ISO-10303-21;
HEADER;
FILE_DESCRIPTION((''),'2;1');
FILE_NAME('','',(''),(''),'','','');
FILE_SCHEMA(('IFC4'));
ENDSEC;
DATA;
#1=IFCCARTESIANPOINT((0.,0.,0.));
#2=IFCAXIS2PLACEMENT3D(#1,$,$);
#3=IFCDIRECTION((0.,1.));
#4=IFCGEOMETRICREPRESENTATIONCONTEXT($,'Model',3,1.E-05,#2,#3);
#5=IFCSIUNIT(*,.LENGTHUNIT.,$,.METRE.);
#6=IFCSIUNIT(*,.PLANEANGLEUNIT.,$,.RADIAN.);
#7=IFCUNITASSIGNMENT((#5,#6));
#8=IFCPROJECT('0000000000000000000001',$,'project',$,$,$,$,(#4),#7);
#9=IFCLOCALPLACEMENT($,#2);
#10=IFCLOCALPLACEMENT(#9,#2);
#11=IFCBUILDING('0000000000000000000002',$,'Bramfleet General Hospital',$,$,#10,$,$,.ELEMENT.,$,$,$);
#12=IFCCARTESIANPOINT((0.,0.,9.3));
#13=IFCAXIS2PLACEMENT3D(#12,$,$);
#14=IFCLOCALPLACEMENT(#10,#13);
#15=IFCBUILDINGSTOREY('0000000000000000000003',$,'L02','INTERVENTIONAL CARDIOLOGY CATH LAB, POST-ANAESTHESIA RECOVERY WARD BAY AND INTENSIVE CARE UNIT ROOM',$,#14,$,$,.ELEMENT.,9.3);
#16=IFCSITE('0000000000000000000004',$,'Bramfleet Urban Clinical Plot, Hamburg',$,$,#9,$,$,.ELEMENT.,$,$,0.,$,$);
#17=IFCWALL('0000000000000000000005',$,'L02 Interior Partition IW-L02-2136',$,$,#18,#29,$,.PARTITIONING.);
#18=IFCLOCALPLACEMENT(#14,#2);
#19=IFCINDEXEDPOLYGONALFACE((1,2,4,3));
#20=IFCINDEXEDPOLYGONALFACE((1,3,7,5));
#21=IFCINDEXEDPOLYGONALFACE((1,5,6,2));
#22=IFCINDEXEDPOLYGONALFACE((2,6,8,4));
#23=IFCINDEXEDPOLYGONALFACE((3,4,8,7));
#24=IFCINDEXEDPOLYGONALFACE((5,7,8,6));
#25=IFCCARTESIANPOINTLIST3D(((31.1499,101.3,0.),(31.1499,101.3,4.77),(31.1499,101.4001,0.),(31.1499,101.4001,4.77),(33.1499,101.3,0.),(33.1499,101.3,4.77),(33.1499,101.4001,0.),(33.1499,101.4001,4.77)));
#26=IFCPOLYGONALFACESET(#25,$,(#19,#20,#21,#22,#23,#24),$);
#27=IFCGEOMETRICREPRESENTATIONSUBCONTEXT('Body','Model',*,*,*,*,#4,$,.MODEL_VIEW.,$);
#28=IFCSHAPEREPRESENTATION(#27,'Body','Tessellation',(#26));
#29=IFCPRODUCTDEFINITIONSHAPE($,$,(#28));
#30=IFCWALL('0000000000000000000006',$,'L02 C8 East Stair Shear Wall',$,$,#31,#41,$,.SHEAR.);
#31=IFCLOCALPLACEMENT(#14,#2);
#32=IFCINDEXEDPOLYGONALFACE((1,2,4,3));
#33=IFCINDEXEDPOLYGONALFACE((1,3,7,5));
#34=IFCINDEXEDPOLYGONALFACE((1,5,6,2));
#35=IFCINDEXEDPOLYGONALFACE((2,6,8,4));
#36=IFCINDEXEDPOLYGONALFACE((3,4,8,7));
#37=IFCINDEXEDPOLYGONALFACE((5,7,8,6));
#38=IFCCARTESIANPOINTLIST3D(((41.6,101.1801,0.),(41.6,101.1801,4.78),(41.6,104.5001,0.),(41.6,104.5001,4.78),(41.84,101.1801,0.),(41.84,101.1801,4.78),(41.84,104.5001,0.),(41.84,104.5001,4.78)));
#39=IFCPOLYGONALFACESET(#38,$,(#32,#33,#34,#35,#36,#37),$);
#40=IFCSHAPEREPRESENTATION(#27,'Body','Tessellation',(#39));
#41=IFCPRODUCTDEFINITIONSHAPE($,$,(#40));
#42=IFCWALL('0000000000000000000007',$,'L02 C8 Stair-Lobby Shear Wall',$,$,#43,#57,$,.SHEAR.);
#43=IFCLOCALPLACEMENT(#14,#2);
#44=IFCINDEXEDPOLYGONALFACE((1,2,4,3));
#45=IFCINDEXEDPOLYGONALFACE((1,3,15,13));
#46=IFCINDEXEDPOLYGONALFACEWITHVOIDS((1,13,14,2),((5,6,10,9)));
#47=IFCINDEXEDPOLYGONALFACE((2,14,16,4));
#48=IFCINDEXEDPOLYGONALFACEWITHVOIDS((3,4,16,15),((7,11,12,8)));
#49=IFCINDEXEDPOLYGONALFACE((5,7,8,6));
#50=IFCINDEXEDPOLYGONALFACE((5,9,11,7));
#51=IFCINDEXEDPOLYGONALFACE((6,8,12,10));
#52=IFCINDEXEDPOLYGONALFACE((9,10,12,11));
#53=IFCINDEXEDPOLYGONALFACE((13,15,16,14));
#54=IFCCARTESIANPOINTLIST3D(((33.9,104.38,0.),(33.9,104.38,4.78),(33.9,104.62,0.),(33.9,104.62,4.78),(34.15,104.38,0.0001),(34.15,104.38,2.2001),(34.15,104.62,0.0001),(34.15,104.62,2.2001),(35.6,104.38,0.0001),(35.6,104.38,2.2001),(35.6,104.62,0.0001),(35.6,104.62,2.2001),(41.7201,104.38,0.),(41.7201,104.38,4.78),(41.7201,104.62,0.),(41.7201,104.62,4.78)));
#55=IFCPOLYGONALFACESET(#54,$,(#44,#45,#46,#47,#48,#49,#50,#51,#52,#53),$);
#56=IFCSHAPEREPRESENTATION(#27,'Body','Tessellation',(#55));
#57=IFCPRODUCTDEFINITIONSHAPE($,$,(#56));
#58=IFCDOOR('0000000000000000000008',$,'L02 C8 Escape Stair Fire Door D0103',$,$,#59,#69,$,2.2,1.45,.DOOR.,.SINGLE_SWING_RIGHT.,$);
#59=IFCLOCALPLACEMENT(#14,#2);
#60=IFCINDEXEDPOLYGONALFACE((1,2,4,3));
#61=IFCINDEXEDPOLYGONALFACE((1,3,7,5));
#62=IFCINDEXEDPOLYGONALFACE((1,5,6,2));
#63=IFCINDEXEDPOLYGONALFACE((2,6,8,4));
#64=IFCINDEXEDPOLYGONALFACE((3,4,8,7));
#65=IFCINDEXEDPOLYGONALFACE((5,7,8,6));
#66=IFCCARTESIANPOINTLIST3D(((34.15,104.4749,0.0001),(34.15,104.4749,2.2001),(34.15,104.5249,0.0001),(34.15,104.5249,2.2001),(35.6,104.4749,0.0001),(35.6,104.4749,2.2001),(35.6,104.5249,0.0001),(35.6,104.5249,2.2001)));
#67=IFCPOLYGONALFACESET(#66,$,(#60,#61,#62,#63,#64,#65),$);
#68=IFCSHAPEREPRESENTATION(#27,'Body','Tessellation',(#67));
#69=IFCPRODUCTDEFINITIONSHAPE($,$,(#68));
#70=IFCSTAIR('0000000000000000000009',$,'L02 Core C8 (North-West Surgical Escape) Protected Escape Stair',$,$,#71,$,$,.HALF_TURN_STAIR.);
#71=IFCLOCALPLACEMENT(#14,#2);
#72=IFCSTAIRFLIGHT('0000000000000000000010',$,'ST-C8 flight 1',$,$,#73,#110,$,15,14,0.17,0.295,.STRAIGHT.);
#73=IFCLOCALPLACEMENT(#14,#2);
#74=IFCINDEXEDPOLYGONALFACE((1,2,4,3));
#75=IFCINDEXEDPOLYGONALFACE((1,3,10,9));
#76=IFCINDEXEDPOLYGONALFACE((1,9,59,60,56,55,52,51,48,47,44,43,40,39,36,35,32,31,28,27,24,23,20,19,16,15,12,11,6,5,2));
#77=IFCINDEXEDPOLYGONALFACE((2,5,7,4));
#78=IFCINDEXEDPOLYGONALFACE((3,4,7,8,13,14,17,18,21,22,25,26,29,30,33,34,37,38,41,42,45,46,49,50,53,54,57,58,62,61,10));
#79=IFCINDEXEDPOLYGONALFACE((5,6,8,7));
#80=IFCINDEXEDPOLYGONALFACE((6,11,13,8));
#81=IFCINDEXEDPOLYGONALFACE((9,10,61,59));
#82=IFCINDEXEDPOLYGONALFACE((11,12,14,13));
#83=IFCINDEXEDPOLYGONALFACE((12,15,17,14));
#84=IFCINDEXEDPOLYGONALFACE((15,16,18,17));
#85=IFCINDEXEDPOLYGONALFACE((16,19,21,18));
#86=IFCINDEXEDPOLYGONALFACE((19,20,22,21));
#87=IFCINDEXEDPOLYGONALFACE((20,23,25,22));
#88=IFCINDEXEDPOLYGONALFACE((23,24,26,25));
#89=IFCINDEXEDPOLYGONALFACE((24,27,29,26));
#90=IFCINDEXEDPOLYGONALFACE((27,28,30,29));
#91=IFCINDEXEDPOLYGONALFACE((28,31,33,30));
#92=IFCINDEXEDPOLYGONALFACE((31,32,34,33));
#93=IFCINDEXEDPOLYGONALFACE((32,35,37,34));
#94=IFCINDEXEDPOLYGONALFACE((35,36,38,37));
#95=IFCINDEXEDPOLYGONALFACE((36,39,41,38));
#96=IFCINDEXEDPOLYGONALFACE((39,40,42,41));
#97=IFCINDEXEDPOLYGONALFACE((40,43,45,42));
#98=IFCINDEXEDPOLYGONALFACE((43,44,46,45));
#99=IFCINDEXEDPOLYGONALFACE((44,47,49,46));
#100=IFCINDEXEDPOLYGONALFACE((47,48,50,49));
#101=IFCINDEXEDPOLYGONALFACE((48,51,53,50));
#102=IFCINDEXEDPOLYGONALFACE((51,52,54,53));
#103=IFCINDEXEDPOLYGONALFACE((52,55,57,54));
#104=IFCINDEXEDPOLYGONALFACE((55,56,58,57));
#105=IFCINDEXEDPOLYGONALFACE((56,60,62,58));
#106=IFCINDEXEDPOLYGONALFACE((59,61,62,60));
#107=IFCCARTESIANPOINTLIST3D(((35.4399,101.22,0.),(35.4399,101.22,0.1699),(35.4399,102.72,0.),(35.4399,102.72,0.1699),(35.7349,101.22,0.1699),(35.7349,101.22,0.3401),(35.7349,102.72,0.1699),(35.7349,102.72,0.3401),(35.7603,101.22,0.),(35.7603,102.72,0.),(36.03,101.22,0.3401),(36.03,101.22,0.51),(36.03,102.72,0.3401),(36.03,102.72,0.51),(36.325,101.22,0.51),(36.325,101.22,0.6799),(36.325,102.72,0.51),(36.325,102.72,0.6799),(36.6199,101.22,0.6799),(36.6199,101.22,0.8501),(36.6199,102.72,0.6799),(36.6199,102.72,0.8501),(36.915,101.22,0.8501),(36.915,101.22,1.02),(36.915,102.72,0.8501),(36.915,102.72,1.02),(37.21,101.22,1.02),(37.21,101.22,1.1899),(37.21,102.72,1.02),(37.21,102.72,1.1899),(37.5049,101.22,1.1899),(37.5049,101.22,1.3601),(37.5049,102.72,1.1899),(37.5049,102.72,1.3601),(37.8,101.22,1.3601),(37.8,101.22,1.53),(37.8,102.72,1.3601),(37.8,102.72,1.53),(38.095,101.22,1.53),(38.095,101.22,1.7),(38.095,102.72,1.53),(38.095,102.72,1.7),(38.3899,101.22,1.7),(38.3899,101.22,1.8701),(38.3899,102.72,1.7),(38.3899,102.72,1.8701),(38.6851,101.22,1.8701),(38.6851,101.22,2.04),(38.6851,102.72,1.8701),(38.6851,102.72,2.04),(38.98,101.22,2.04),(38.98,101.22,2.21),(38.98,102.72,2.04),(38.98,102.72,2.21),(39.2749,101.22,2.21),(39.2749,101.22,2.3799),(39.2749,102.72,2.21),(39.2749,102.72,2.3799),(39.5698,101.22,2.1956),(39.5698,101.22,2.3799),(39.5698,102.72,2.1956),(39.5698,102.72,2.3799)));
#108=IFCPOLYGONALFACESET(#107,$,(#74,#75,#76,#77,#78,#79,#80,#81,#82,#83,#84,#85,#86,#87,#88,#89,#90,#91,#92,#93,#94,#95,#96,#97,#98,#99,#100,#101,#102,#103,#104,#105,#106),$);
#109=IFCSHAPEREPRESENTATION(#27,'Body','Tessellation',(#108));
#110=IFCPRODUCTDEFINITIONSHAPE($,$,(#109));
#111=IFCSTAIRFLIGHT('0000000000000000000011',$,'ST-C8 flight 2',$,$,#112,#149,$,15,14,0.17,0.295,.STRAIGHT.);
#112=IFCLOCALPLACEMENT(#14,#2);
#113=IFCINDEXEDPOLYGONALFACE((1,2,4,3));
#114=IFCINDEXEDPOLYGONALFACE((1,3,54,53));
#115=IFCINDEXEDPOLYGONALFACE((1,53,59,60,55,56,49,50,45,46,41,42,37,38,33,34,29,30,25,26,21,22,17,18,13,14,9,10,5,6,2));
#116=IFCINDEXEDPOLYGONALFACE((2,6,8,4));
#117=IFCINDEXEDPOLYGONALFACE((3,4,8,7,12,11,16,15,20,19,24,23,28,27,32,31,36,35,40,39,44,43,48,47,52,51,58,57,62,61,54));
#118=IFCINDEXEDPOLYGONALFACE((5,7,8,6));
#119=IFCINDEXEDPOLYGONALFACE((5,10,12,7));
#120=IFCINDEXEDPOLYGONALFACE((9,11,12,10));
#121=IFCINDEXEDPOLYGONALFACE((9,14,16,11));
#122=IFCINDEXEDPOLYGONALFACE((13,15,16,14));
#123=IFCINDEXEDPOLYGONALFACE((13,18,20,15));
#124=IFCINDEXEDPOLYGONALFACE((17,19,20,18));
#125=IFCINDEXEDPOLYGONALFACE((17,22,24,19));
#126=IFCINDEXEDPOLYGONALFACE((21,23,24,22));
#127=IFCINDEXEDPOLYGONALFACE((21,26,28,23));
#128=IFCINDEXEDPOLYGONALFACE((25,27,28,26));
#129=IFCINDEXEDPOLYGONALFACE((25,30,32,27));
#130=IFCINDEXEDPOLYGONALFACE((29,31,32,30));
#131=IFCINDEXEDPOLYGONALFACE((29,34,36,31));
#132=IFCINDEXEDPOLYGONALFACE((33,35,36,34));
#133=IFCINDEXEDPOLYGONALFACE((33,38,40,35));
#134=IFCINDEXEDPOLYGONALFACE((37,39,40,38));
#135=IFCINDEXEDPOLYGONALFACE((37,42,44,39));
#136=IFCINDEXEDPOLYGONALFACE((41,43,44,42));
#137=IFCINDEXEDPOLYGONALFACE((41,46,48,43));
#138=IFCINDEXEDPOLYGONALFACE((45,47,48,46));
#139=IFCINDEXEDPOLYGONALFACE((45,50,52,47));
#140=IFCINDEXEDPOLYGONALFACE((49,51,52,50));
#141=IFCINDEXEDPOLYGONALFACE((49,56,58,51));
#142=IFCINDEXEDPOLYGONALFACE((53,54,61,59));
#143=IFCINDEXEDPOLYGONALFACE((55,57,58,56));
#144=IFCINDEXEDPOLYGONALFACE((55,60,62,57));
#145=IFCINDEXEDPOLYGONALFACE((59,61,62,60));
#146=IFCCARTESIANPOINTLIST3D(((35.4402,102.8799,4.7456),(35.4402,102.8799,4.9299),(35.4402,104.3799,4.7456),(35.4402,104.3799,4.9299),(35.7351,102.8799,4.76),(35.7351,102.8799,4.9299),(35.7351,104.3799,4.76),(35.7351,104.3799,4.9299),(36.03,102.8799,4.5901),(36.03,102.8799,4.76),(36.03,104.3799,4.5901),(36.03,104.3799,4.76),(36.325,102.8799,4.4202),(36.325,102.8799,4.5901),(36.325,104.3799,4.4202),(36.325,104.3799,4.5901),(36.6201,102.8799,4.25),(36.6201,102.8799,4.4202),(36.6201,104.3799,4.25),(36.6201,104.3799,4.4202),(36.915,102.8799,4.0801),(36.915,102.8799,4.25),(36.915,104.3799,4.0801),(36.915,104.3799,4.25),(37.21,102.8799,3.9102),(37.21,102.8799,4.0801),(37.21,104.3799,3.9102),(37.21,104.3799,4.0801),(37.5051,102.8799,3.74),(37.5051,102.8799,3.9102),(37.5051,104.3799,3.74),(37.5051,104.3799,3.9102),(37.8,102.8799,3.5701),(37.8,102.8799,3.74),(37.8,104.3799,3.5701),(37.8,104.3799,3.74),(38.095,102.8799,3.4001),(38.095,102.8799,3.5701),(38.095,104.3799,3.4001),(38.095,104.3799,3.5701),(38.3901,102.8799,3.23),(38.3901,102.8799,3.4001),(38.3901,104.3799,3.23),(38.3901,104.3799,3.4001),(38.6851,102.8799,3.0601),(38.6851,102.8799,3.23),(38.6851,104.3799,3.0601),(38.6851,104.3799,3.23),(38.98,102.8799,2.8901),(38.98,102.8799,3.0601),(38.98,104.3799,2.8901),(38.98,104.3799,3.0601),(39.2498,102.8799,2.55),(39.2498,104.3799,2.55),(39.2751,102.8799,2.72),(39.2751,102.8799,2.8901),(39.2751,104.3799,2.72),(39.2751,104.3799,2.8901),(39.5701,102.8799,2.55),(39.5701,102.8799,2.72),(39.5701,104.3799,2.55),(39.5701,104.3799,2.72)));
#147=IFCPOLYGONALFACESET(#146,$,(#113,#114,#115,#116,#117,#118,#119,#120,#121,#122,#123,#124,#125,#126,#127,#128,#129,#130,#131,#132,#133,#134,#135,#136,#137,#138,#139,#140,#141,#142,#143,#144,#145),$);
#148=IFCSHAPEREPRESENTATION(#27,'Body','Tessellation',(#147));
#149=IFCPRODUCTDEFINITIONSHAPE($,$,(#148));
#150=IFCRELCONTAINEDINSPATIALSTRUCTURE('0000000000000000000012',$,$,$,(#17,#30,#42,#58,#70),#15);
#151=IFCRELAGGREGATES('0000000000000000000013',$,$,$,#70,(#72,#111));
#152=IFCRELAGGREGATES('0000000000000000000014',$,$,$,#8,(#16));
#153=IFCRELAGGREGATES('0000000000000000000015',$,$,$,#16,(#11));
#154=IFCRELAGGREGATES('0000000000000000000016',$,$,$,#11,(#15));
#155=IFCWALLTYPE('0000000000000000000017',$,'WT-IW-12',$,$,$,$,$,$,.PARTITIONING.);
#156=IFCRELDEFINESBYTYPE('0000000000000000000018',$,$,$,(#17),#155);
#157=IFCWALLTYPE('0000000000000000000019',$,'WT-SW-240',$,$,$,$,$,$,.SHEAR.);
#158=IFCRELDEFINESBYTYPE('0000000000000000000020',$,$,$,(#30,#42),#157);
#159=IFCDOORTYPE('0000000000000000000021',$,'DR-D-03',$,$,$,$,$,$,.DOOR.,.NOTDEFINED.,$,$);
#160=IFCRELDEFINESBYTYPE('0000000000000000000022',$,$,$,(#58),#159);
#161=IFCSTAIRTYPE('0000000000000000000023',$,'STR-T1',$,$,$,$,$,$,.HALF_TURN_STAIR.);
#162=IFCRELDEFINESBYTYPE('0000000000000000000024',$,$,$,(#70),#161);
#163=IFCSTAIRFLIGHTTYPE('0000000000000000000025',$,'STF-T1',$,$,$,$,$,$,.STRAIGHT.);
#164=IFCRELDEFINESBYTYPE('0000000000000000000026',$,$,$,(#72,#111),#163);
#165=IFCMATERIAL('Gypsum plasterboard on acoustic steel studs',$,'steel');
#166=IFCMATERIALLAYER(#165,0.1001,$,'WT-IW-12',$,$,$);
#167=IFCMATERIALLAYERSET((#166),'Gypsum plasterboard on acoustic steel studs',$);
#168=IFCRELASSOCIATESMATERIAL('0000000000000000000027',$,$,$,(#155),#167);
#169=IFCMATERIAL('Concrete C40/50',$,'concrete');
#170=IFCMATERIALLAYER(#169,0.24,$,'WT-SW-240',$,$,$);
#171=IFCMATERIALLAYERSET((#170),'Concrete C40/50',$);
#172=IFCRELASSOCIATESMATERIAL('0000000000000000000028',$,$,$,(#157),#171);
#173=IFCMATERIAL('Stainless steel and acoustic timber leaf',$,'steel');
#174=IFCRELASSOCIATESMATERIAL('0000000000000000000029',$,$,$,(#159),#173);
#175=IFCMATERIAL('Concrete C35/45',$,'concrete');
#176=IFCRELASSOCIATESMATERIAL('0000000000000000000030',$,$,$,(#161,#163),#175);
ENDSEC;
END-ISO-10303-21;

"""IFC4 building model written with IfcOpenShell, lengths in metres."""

from ifc_helpers import new_model, si_unit, direction, frame, frame_2d, origin, place, context, subcontext, project, spatial, polyline, rectangle, outline, extrude, material, layer, layer_set, type_object, element, fill, aggregate, save


model = new_model("IFC4")

# Units and contexts
model_context = context("Model", 3, precision=1e-05, world=origin(), true_north=direction((0.0, 1.0)))
body_context = subcontext(model_context, "Body", "Model", "MODEL_VIEW")
ifc_project = project(units=[si_unit("LENGTHUNIT", "METRE"), si_unit("PLANEANGLEUNIT", "RADIAN")], contexts=[model_context])

# Site, building, storey
site_placement = place(None, origin())
site = spatial("IfcSite", under=ifc_project, at=site_placement, Name="Bramfleet Urban Clinical Plot, Hamburg", CompositionType="ELEMENT", RefElevation=0.0)
building_placement = place(site_placement, origin())
building = spatial("IfcBuilding", under=site, at=building_placement, Name="Bramfleet General Hospital", CompositionType="ELEMENT")
storey_placement = place(building_placement, frame((0.0, 0.0, 9.3)))
storey = spatial("IfcBuildingStorey", under=building, at=storey_placement, Name="L02", Description="INTERVENTIONAL CARDIOLOGY CATH LAB, POST-ANAESTHESIA RECOVERY WARD BAY AND INTENSIVE CARE UNIT ROOM", CompositionType="ELEMENT", Elevation=9.3)

# Shared definitions
ifc_material_1 = material(Name="Concrete C40/50", Category="concrete")

# Shared definitions
ifc_material_2 = material(Name="Concrete C35/45", Category="concrete")

# Shared definitions
ifc_material_3 = material(Name="Stainless steel and acoustic timber leaf", Category="steel")

# Shared definitions
ifc_material_4 = material(Name="Gypsum plasterboard on acoustic steel studs", Category="steel")

# Walls
ifc_layer_1 = layer(ifc_material_4, 0.1001, Name="WT-IW-12")
ifc_layer_set_1 = layer_set([ifc_layer_1], Name="Gypsum plasterboard on acoustic steel studs")
wall_type_1 = type_object("IfcWallType", Name="WT-IW-12", PredefinedType="PARTITIONING", material=ifc_layer_set_1)
wall_1_placement = place(storey_placement, frame((31.1499, 101.3501, 0.0), z_axis=(0.0, 0.0, 1.0), x_axis=(1.0, 0.0, 0.0)))
element("IfcWall", 1, at=wall_1_placement, inside=storey, type_object=wall_type_1, Name="L02 Interior Partition IW-L02-2136", PredefinedType="PARTITIONING", context=body_context, shape_type="SweptSolid", body=[
    extrude(rectangle(XDim=2.0, YDim=0.1001, at=frame_2d((1.0, 0.0))), origin(), (0.0, 0.0, 1.0), 4.77),
])
ifc_layer_2 = layer(ifc_material_1, 0.24, Name="WT-SW-240")
ifc_layer_set_2 = layer_set([ifc_layer_2], Name="Concrete C40/50")
wall_type_2 = type_object("IfcWallType", Name="WT-SW-240", PredefinedType="SHEAR", material=ifc_layer_set_2)
wall_2_placement = place(storey_placement, frame((41.72, 101.1799, 0.0), z_axis=(0.0, 0.0, 1.0), x_axis=(0.0, 1.0, 0.0)))
element("IfcWall", 2, at=wall_2_placement, inside=storey, type_object=wall_type_2, Name="L02 C8 East Stair Shear Wall", PredefinedType="SHEAR", context=body_context, shape_type="SweptSolid", body=[
    extrude(rectangle(XDim=3.3201, YDim=0.24, at=frame_2d((1.6602, 0.0))), origin(), (0.0, 0.0, 1.0), 4.78),
])

# Wall, opening, door
wall_3_placement = place(storey_placement, frame((33.8999, 104.5, 0.0), z_axis=(0.0, 0.0, 1.0), x_axis=(1.0, 0.0, 0.0)))
wall_3 = element("IfcWall", 3, at=wall_3_placement, inside=storey, type_object=wall_type_2, Name="L02 C8 Stair-Lobby Shear Wall", PredefinedType="SHEAR", context=body_context, shape_type="SweptSolid", body=[
    extrude(rectangle(XDim=7.8201, YDim=0.24, at=frame_2d((3.9102, 0.0))), origin(), (0.0, 0.0, 1.0), 4.78),
])
opening_1_placement = place(wall_3_placement, frame((0.25, 0.0, 0.0)))
opening_1 = element("IfcOpeningElement", 4, at=opening_1_placement, cuts=wall_3, PredefinedType="OPENING", context=body_context, shape_type="SweptSolid", body=[
    extrude(rectangle(XDim=1.45, YDim=2.2, at=frame_2d((0.7251, 1.1001))), frame((0.0, 0.1299, 0.0), z_axis=(0.0, -1.0, 0.0), x_axis=(1.0, 0.0, 0.0)), (0.0, 0.0, 1.0), 0.26),
])
door_type_1 = type_object("IfcDoorType", Name="DR-D-03", OperationType="NOTDEFINED", PredefinedType="DOOR", material=ifc_material_3)
door_1_placement = place(opening_1_placement, origin())
door_1 = element("IfcDoor", 5, at=door_1_placement, inside=storey, type_object=door_type_1, Name="L02 C8 Escape Stair Fire Door D0103", OperationType="SINGLE_SWING_RIGHT", OverallHeight=2.2, OverallWidth=1.45, PredefinedType="DOOR", context=body_context, shape_type="SweptSolid", body=[
    extrude(rectangle(XDim=1.45, YDim=2.2, at=frame_2d((0.7251, 1.1001))), frame((0.0, 0.0249, 0.0), z_axis=(0.0, -1.0, 0.0), x_axis=(1.0, 0.0, 0.0)), (0.0, 0.0, 1.0), 0.05),
])
fill(opening_1, door_1)

# Stair, stair flights
stair_type = type_object("IfcStairType", Name="STR-T1", PredefinedType="HALF_TURN_STAIR", material=ifc_material_2)
stair_placement = place(storey_placement, origin())
stair = element("IfcStair", 6, at=stair_placement, inside=storey, type_object=stair_type, Name="L02 Core C8 (North-West Surgical Escape) Protected Escape Stair", PredefinedType="HALF_TURN_STAIR")
stair_flight_type = type_object("IfcStairFlightType", Name="STF-T1", PredefinedType="STRAIGHT", material=ifc_material_2)
stair_flight_1_placement = place(storey_placement, frame((35.4399, 101.97, 0.0), z_axis=(0.0, 0.0, 1.0), x_axis=(1.0, 0.0, 0.0)))
stair_flight_1 = element("IfcStairFlight", 7, at=stair_flight_1_placement, type_object=stair_flight_type, Name="ST-C8 flight 1", NumberOfRisers=15, NumberOfTreads=14, PredefinedType="STRAIGHT", RiserHeight=0.17, TreadLength=0.295, context=body_context, shape_type="SweptSolid", body=[
    extrude(outline(polyline([(0.0, 0.0), (0.0, 0.1699), (0.2949, 0.1699), (0.2949, 0.3401), (0.5901, 0.3401), (0.5901, 0.51), (0.885, 0.51), (0.885, 0.6799), (1.1799, 0.6799), (1.1799, 0.8501), (1.4751, 0.8501), (1.4751, 1.02), (1.77, 1.02), (1.77, 1.1899), (2.0649, 1.1899), (2.0649, 1.3601), (2.3601, 1.3601), (2.3601, 1.53), (2.655, 1.53), (2.655, 1.7), (2.95, 1.7), (2.95, 1.8701), (3.2451, 1.8701), (3.2451, 2.04), (3.54, 2.04), (3.54, 2.21), (3.835, 2.21), (3.835, 2.3799), (4.1299, 2.3799), (4.1299, 2.55), (4.1299, 2.1956), (0.3203, 0.0), (0.0, 0.0)])), frame((0.0, 0.75, 0.0), z_axis=(0.0, -1.0, 0.0), x_axis=(1.0, 0.0, 0.0)), (0.0, 0.0, 1.0), 1.5),
])
stair_flight_2_placement = place(storey_placement, frame((39.5701, 103.6299, 2.55), z_axis=(0.0, 0.0, 1.0), x_axis=(-1.0, 0.0, 0.0)))
stair_flight_2 = element("IfcStairFlight", 8, at=stair_flight_2_placement, type_object=stair_flight_type, Name="ST-C8 flight 2", NumberOfRisers=15, NumberOfTreads=14, PredefinedType="STRAIGHT", RiserHeight=0.17, TreadLength=0.295, context=body_context, shape_type="SweptSolid", body=[
    extrude(outline(polyline([(0.0, 0.0), (0.0, 0.1699), (0.2949, 0.1699), (0.2949, 0.3401), (0.5901, 0.3401), (0.5901, 0.51), (0.885, 0.51), (0.885, 0.6799), (1.1799, 0.6799), (1.1799, 0.8501), (1.4751, 0.8501), (1.4751, 1.02), (1.77, 1.02), (1.77, 1.1899), (2.0649, 1.1899), (2.0649, 1.3601), (2.3601, 1.3601), (2.3601, 1.53), (2.655, 1.53), (2.655, 1.7), (2.95, 1.7), (2.95, 1.8701), (3.2451, 1.8701), (3.2451, 2.04), (3.54, 2.04), (3.54, 2.21), (3.835, 2.21), (3.835, 2.3799), (4.1299, 2.3799), (4.1299, 2.55), (4.1299, 2.1956), (0.3203, 0.0), (0.0, 0.0)])), frame((0.0, 0.75, 0.0), z_axis=(0.0, -1.0, 0.0), x_axis=(1.0, 0.0, 0.0)), (0.0, 0.0, 1.0), 1.5),
])
aggregate(stair, [stair_flight_1, stair_flight_2])

save(model, "model.ifc")
